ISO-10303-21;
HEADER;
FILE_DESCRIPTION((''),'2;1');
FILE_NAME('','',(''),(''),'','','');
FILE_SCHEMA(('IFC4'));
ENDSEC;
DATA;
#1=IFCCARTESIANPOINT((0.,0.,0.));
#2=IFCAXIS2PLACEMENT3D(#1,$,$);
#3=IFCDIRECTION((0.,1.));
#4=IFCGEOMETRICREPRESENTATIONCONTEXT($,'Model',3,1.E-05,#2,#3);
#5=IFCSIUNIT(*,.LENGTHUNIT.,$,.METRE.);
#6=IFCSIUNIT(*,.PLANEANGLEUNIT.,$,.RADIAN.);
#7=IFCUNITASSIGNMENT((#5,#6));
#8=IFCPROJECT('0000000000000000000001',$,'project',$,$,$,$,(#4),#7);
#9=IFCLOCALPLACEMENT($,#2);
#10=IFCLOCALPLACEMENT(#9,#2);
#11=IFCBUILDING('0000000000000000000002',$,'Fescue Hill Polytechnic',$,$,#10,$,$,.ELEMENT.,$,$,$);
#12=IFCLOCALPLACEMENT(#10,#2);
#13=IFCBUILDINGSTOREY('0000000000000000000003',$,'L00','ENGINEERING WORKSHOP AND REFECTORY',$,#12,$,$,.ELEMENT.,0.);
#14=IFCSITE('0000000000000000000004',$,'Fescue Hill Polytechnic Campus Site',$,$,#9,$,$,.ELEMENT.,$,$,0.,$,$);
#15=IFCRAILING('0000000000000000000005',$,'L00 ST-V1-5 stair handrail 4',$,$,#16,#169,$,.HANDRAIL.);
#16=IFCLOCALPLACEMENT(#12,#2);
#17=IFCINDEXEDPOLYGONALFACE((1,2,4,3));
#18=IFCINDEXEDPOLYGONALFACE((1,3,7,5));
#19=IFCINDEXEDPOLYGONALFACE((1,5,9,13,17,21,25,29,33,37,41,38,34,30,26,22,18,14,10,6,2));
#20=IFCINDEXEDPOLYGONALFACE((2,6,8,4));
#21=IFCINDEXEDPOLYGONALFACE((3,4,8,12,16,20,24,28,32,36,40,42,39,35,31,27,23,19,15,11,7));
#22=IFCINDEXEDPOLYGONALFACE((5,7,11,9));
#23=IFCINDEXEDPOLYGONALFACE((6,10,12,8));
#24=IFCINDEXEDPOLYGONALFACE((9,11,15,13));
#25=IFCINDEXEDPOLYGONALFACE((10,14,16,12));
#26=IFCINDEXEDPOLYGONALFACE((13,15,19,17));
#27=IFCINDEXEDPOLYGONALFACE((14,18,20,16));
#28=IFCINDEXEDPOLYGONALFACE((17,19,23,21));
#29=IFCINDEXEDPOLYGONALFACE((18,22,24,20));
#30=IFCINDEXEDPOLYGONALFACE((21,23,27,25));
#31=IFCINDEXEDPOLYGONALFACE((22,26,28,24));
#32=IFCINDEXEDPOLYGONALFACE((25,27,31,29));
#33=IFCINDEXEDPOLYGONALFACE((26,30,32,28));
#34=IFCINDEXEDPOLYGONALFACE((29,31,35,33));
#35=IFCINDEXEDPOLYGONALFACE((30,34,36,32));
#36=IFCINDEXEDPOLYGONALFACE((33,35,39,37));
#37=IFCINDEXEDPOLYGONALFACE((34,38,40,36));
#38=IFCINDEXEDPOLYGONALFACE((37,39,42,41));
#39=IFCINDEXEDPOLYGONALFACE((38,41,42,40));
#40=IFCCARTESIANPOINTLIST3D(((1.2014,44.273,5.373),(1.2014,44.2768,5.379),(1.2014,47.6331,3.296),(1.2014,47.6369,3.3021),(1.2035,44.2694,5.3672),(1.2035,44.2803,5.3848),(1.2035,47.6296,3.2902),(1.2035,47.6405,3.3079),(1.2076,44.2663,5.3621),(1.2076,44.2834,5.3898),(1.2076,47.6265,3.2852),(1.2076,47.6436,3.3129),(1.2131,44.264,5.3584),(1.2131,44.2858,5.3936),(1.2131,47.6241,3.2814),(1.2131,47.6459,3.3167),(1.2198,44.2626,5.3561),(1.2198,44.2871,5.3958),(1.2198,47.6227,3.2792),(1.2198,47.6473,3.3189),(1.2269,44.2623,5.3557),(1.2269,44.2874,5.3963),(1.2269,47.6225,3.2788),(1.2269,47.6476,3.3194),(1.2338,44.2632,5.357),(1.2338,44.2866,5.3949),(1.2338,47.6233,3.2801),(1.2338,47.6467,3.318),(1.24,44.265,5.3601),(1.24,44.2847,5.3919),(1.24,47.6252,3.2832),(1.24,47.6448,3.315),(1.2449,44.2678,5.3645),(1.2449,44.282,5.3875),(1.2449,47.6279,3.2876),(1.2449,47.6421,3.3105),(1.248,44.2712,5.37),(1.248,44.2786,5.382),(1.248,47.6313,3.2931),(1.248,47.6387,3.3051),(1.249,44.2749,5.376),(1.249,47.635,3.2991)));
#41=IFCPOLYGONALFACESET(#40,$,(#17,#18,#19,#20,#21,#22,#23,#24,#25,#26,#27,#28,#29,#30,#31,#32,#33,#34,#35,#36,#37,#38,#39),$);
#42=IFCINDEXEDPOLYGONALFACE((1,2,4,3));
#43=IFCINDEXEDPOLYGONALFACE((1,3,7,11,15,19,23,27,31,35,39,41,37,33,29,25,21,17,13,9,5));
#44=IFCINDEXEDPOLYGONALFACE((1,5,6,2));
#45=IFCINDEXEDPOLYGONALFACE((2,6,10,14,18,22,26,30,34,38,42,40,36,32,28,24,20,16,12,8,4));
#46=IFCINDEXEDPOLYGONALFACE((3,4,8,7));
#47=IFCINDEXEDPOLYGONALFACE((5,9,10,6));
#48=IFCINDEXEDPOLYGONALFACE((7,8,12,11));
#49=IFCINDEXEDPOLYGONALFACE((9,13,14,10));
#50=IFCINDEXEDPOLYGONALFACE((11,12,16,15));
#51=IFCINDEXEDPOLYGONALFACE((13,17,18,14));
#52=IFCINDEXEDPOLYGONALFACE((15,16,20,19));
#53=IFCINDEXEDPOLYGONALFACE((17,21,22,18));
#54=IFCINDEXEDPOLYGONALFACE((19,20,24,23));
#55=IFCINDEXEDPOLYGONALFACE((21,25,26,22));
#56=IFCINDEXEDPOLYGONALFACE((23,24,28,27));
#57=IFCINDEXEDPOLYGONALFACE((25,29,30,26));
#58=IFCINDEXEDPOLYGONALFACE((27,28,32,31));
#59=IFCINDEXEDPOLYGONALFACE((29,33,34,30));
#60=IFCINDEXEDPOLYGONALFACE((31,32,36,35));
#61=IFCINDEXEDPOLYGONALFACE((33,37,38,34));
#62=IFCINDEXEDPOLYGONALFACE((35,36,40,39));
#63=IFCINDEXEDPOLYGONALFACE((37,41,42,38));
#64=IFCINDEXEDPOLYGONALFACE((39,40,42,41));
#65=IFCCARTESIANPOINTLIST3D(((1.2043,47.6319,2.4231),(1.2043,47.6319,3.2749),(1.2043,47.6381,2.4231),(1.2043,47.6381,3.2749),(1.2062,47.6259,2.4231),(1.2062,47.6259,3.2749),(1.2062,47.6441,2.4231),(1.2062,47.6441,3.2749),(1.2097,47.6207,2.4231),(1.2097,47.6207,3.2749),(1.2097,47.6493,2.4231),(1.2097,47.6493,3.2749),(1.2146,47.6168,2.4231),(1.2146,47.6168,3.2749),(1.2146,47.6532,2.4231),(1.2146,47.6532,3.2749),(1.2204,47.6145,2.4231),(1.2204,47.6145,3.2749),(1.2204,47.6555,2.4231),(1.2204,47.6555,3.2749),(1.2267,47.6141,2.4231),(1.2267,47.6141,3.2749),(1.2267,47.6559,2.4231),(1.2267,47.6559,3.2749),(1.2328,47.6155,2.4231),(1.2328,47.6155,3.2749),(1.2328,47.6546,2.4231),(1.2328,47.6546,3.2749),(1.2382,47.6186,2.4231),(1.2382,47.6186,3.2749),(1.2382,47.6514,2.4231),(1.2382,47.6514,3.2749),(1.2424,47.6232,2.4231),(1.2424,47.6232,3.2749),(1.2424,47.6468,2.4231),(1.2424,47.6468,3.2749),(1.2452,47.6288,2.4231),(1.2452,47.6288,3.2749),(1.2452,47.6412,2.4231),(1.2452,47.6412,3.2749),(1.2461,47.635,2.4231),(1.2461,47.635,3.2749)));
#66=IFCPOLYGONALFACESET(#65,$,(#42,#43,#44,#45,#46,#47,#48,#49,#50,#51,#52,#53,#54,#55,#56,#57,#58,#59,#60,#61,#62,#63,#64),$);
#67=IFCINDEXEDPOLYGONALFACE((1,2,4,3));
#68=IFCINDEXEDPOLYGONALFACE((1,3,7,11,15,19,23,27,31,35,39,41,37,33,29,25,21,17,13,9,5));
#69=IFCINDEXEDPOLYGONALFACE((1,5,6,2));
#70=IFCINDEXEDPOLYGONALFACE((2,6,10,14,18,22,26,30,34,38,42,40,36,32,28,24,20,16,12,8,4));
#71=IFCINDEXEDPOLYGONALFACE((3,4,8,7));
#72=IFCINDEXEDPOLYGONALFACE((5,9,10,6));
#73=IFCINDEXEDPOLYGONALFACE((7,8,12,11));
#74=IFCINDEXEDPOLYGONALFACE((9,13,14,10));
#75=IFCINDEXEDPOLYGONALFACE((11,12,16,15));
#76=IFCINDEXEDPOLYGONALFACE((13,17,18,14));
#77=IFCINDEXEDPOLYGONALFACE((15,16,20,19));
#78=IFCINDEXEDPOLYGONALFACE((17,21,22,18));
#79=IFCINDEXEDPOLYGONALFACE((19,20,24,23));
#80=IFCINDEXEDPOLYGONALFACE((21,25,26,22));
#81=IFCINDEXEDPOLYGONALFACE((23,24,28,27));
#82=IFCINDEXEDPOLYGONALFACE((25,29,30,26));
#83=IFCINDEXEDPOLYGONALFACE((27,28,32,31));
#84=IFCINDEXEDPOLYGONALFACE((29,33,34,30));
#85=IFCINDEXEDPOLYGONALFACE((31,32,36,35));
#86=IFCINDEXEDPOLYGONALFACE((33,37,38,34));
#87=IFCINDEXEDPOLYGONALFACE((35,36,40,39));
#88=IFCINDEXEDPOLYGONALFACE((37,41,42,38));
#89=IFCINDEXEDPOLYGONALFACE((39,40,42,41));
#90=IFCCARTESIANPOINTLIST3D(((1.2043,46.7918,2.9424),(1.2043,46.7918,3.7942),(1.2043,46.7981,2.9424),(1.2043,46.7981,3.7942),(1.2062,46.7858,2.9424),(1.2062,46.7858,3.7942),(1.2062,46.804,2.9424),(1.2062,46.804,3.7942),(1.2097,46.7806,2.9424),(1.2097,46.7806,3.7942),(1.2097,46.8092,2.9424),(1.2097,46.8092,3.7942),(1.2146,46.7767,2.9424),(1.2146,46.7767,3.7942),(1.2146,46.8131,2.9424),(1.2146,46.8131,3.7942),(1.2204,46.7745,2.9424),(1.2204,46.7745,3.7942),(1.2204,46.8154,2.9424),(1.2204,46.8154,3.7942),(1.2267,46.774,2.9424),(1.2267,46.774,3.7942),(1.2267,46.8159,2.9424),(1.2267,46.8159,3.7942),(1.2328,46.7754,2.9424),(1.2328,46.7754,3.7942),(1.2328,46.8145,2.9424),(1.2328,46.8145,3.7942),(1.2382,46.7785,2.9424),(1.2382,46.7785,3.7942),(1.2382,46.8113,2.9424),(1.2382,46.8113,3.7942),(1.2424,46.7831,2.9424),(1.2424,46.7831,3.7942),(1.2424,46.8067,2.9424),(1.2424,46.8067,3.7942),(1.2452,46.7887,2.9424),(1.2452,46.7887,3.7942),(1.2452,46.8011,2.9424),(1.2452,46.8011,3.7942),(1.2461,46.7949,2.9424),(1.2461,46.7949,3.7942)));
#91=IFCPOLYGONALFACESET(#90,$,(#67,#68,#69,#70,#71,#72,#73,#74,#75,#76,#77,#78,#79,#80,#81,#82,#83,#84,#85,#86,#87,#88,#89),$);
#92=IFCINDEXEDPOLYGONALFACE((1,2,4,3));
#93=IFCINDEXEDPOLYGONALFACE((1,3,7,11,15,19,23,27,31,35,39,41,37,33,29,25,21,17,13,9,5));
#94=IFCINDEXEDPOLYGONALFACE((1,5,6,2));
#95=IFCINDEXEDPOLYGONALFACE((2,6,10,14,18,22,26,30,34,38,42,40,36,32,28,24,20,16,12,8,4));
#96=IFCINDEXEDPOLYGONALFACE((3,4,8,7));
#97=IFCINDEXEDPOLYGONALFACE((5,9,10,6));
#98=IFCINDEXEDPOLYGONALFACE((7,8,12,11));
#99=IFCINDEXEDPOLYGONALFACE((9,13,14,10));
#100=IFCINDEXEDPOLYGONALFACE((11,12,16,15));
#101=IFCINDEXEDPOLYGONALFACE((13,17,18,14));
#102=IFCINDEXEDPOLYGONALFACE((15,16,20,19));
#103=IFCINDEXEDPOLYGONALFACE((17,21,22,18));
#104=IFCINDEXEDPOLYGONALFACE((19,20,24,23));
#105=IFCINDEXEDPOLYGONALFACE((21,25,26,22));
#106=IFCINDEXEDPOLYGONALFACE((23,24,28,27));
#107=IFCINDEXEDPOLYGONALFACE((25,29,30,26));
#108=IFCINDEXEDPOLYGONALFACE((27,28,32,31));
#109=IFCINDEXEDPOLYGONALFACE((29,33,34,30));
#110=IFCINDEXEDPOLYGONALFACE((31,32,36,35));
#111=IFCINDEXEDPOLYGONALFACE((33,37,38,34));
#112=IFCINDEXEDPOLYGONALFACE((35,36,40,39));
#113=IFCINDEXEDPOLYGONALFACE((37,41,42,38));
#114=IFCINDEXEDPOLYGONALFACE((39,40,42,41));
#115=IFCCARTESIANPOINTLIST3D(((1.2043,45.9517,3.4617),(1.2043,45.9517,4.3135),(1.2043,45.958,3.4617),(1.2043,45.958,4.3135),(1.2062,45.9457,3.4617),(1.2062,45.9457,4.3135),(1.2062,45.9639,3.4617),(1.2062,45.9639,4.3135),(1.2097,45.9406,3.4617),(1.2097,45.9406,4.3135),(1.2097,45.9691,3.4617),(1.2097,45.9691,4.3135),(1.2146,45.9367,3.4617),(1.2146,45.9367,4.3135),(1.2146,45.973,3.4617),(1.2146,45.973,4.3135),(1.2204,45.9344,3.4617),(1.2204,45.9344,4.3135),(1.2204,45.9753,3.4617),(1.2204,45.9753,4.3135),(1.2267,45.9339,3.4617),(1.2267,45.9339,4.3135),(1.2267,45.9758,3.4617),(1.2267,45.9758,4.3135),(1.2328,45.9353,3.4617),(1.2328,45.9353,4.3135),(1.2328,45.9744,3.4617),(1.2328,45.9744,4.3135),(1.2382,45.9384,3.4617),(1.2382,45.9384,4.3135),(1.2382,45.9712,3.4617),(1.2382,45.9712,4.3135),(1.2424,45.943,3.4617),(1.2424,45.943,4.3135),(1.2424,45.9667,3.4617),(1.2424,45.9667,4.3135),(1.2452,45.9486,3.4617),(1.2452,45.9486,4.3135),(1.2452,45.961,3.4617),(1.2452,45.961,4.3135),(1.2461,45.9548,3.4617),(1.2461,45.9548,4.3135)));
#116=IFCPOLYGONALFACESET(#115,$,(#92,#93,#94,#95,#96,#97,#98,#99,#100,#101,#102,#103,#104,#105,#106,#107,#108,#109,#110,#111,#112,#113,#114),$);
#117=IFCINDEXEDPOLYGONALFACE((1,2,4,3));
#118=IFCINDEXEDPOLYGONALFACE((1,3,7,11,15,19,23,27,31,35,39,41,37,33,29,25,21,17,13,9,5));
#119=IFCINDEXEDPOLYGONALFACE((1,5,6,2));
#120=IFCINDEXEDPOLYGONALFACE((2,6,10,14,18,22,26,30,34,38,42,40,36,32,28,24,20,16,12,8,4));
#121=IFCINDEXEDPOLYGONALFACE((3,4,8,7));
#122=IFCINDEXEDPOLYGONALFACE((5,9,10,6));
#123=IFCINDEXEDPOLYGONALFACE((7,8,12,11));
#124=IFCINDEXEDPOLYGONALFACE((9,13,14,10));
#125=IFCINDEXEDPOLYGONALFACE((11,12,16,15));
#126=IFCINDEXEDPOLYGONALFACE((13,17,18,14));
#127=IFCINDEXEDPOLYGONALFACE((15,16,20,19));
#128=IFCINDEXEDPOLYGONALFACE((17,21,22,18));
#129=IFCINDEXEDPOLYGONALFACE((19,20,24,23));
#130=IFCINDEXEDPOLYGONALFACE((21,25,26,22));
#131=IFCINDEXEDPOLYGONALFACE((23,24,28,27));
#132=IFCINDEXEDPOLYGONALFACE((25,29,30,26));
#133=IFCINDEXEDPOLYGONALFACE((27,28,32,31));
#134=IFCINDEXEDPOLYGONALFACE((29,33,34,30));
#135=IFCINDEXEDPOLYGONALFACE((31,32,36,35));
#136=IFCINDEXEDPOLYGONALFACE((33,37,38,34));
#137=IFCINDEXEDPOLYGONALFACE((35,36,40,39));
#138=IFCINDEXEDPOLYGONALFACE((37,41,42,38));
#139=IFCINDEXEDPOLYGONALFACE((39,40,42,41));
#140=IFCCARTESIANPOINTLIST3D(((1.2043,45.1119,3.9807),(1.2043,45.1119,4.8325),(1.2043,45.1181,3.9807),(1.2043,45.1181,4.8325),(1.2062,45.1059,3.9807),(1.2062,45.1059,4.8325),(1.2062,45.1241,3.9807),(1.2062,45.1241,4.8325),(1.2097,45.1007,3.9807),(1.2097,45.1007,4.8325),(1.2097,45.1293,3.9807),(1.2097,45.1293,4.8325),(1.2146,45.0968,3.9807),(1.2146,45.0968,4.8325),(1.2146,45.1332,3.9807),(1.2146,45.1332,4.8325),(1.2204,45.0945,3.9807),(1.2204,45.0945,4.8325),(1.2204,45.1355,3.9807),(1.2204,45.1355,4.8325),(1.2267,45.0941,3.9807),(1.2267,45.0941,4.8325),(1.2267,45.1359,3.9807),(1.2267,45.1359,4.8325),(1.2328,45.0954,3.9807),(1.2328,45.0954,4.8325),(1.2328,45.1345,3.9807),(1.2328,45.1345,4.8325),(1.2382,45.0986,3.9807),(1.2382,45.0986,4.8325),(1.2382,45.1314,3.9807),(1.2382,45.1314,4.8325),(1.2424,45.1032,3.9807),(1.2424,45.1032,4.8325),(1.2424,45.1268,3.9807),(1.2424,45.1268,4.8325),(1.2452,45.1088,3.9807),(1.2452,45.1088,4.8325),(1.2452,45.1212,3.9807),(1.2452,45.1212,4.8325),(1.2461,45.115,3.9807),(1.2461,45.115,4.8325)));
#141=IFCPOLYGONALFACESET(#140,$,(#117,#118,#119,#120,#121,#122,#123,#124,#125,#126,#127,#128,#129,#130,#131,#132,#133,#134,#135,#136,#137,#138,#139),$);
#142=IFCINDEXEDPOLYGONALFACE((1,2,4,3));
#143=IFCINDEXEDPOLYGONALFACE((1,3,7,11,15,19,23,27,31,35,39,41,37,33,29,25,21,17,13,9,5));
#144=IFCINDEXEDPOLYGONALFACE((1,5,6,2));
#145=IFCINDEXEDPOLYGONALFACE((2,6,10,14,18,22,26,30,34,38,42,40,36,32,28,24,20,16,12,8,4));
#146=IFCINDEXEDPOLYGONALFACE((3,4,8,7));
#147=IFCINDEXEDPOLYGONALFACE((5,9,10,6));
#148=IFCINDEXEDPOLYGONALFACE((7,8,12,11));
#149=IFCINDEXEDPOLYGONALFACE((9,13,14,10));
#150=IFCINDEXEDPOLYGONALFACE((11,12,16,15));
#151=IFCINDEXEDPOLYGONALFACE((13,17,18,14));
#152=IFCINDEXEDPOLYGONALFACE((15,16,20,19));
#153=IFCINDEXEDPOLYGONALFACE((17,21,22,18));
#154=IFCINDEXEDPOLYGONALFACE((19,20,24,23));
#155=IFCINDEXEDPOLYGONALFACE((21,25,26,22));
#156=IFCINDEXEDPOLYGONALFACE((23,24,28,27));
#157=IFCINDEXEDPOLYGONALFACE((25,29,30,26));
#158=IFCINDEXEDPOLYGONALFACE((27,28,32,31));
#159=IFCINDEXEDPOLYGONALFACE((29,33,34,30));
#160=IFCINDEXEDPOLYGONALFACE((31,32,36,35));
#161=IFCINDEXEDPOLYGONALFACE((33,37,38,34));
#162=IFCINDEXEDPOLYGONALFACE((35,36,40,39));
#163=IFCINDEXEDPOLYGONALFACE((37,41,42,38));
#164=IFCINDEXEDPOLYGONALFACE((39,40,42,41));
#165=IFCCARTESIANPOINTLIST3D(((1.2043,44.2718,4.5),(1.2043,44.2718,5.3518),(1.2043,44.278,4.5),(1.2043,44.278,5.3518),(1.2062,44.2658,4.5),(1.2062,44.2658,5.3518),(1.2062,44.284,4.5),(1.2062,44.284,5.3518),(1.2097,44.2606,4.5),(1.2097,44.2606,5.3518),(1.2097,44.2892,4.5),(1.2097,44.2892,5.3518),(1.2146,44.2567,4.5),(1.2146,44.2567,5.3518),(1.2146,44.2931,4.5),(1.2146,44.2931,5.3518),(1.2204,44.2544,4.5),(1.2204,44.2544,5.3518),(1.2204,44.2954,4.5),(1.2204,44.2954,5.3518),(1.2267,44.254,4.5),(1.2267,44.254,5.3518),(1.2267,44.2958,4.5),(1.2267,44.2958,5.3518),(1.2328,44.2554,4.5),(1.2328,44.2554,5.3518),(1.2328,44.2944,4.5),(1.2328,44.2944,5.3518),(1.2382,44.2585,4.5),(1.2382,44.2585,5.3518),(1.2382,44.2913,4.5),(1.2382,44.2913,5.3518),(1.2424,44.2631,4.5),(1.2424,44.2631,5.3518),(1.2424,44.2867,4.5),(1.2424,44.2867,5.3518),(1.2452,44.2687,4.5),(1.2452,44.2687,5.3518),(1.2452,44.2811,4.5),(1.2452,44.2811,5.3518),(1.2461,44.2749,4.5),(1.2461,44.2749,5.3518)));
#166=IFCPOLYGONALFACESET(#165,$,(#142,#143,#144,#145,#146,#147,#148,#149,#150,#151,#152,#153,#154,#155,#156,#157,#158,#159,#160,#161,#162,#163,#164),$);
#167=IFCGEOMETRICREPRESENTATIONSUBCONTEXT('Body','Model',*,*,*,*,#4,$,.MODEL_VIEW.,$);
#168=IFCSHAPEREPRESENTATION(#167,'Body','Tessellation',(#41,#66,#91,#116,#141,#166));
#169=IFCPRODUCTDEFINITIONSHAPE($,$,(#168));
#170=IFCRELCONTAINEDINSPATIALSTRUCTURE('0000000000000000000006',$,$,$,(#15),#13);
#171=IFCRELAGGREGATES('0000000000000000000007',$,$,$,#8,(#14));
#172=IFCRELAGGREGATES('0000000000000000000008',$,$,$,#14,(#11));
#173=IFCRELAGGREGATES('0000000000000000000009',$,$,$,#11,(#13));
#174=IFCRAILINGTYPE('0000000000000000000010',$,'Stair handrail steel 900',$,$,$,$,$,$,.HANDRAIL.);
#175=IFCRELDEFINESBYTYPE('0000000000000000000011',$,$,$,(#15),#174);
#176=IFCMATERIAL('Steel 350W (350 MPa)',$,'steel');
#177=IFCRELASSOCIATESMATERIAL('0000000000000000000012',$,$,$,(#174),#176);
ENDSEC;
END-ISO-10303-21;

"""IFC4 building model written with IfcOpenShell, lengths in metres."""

from ifc_helpers import new_model, si_unit, direction, frame, origin, origin_2d, place, context, subcontext, project, spatial, circle, extrude, material, type_object, element, save


model = new_model("IFC4")

# Units and contexts
model_context = context("Model", 3, precision=1e-05, world=origin(), true_north=direction((0.0, 1.0)))
body_context = subcontext(model_context, "Body", "Model", "MODEL_VIEW")
ifc_project = project(units=[si_unit("LENGTHUNIT", "METRE"), si_unit("PLANEANGLEUNIT", "RADIAN")], contexts=[model_context])

# Site, building, storey
site_placement = place(None, origin())
site = spatial("IfcSite", under=ifc_project, at=site_placement, Name="Fescue Hill Polytechnic Campus Site", CompositionType="ELEMENT", RefElevation=0.0)
building_placement = place(site_placement, origin())
building = spatial("IfcBuilding", under=site, at=building_placement, Name="Fescue Hill Polytechnic", CompositionType="ELEMENT")
storey_placement = place(building_placement, origin())
storey = spatial("IfcBuildingStorey", under=building, at=storey_placement, Name="L00", Description="ENGINEERING WORKSHOP AND REFECTORY", CompositionType="ELEMENT", Elevation=0.0)

# Railing
ifc_material_1 = material(Name="Steel 350W (350 MPa)", Category="steel")
railing_type_1 = type_object("IfcRailingType", Name="Stair handrail steel 900", PredefinedType="HANDRAIL", material=ifc_material_1)
railing_1_placement = place(storey_placement, frame((1.2251, 47.635, 2.4231)))
element("IfcRailing", 1, at=railing_1_placement, inside=storey, type_object=railing_type_1, Name="L00 ST-V1-5 stair handrail 4", PredefinedType="HANDRAIL", context=body_context, shape_type="SweptSolid", body=[
    extrude(circle(Radius=0.0239, at=origin_2d()), frame((0.0, 0.0, 0.876), z_axis=(0.0, -0.850623, 0.525776), x_axis=(1.0, 0.0, 0.0)), (0.0, 0.0, 1.0), 3.9502),
    extrude(circle(Radius=0.021, at=origin_2d()), origin(), (0.0, 0.0, 1.0), 0.8518),
    extrude(circle(Radius=0.021, at=origin_2d()), frame((0.0, -0.8401, 0.5193)), (0.0, 0.0, 1.0), 0.8518),
    extrude(circle(Radius=0.021, at=origin_2d()), frame((0.0, -1.6802, 1.0386)), (0.0, 0.0, 1.0), 0.8518),
    extrude(circle(Radius=0.021, at=origin_2d()), frame((0.0, -2.52, 1.5576)), (0.0, 0.0, 1.0), 0.8518),
    extrude(circle(Radius=0.021, at=origin_2d()), frame((0.0, -3.3601, 2.0769)), (0.0, 0.0, 1.0), 0.8518),
])

save(model, "model.ifc")
